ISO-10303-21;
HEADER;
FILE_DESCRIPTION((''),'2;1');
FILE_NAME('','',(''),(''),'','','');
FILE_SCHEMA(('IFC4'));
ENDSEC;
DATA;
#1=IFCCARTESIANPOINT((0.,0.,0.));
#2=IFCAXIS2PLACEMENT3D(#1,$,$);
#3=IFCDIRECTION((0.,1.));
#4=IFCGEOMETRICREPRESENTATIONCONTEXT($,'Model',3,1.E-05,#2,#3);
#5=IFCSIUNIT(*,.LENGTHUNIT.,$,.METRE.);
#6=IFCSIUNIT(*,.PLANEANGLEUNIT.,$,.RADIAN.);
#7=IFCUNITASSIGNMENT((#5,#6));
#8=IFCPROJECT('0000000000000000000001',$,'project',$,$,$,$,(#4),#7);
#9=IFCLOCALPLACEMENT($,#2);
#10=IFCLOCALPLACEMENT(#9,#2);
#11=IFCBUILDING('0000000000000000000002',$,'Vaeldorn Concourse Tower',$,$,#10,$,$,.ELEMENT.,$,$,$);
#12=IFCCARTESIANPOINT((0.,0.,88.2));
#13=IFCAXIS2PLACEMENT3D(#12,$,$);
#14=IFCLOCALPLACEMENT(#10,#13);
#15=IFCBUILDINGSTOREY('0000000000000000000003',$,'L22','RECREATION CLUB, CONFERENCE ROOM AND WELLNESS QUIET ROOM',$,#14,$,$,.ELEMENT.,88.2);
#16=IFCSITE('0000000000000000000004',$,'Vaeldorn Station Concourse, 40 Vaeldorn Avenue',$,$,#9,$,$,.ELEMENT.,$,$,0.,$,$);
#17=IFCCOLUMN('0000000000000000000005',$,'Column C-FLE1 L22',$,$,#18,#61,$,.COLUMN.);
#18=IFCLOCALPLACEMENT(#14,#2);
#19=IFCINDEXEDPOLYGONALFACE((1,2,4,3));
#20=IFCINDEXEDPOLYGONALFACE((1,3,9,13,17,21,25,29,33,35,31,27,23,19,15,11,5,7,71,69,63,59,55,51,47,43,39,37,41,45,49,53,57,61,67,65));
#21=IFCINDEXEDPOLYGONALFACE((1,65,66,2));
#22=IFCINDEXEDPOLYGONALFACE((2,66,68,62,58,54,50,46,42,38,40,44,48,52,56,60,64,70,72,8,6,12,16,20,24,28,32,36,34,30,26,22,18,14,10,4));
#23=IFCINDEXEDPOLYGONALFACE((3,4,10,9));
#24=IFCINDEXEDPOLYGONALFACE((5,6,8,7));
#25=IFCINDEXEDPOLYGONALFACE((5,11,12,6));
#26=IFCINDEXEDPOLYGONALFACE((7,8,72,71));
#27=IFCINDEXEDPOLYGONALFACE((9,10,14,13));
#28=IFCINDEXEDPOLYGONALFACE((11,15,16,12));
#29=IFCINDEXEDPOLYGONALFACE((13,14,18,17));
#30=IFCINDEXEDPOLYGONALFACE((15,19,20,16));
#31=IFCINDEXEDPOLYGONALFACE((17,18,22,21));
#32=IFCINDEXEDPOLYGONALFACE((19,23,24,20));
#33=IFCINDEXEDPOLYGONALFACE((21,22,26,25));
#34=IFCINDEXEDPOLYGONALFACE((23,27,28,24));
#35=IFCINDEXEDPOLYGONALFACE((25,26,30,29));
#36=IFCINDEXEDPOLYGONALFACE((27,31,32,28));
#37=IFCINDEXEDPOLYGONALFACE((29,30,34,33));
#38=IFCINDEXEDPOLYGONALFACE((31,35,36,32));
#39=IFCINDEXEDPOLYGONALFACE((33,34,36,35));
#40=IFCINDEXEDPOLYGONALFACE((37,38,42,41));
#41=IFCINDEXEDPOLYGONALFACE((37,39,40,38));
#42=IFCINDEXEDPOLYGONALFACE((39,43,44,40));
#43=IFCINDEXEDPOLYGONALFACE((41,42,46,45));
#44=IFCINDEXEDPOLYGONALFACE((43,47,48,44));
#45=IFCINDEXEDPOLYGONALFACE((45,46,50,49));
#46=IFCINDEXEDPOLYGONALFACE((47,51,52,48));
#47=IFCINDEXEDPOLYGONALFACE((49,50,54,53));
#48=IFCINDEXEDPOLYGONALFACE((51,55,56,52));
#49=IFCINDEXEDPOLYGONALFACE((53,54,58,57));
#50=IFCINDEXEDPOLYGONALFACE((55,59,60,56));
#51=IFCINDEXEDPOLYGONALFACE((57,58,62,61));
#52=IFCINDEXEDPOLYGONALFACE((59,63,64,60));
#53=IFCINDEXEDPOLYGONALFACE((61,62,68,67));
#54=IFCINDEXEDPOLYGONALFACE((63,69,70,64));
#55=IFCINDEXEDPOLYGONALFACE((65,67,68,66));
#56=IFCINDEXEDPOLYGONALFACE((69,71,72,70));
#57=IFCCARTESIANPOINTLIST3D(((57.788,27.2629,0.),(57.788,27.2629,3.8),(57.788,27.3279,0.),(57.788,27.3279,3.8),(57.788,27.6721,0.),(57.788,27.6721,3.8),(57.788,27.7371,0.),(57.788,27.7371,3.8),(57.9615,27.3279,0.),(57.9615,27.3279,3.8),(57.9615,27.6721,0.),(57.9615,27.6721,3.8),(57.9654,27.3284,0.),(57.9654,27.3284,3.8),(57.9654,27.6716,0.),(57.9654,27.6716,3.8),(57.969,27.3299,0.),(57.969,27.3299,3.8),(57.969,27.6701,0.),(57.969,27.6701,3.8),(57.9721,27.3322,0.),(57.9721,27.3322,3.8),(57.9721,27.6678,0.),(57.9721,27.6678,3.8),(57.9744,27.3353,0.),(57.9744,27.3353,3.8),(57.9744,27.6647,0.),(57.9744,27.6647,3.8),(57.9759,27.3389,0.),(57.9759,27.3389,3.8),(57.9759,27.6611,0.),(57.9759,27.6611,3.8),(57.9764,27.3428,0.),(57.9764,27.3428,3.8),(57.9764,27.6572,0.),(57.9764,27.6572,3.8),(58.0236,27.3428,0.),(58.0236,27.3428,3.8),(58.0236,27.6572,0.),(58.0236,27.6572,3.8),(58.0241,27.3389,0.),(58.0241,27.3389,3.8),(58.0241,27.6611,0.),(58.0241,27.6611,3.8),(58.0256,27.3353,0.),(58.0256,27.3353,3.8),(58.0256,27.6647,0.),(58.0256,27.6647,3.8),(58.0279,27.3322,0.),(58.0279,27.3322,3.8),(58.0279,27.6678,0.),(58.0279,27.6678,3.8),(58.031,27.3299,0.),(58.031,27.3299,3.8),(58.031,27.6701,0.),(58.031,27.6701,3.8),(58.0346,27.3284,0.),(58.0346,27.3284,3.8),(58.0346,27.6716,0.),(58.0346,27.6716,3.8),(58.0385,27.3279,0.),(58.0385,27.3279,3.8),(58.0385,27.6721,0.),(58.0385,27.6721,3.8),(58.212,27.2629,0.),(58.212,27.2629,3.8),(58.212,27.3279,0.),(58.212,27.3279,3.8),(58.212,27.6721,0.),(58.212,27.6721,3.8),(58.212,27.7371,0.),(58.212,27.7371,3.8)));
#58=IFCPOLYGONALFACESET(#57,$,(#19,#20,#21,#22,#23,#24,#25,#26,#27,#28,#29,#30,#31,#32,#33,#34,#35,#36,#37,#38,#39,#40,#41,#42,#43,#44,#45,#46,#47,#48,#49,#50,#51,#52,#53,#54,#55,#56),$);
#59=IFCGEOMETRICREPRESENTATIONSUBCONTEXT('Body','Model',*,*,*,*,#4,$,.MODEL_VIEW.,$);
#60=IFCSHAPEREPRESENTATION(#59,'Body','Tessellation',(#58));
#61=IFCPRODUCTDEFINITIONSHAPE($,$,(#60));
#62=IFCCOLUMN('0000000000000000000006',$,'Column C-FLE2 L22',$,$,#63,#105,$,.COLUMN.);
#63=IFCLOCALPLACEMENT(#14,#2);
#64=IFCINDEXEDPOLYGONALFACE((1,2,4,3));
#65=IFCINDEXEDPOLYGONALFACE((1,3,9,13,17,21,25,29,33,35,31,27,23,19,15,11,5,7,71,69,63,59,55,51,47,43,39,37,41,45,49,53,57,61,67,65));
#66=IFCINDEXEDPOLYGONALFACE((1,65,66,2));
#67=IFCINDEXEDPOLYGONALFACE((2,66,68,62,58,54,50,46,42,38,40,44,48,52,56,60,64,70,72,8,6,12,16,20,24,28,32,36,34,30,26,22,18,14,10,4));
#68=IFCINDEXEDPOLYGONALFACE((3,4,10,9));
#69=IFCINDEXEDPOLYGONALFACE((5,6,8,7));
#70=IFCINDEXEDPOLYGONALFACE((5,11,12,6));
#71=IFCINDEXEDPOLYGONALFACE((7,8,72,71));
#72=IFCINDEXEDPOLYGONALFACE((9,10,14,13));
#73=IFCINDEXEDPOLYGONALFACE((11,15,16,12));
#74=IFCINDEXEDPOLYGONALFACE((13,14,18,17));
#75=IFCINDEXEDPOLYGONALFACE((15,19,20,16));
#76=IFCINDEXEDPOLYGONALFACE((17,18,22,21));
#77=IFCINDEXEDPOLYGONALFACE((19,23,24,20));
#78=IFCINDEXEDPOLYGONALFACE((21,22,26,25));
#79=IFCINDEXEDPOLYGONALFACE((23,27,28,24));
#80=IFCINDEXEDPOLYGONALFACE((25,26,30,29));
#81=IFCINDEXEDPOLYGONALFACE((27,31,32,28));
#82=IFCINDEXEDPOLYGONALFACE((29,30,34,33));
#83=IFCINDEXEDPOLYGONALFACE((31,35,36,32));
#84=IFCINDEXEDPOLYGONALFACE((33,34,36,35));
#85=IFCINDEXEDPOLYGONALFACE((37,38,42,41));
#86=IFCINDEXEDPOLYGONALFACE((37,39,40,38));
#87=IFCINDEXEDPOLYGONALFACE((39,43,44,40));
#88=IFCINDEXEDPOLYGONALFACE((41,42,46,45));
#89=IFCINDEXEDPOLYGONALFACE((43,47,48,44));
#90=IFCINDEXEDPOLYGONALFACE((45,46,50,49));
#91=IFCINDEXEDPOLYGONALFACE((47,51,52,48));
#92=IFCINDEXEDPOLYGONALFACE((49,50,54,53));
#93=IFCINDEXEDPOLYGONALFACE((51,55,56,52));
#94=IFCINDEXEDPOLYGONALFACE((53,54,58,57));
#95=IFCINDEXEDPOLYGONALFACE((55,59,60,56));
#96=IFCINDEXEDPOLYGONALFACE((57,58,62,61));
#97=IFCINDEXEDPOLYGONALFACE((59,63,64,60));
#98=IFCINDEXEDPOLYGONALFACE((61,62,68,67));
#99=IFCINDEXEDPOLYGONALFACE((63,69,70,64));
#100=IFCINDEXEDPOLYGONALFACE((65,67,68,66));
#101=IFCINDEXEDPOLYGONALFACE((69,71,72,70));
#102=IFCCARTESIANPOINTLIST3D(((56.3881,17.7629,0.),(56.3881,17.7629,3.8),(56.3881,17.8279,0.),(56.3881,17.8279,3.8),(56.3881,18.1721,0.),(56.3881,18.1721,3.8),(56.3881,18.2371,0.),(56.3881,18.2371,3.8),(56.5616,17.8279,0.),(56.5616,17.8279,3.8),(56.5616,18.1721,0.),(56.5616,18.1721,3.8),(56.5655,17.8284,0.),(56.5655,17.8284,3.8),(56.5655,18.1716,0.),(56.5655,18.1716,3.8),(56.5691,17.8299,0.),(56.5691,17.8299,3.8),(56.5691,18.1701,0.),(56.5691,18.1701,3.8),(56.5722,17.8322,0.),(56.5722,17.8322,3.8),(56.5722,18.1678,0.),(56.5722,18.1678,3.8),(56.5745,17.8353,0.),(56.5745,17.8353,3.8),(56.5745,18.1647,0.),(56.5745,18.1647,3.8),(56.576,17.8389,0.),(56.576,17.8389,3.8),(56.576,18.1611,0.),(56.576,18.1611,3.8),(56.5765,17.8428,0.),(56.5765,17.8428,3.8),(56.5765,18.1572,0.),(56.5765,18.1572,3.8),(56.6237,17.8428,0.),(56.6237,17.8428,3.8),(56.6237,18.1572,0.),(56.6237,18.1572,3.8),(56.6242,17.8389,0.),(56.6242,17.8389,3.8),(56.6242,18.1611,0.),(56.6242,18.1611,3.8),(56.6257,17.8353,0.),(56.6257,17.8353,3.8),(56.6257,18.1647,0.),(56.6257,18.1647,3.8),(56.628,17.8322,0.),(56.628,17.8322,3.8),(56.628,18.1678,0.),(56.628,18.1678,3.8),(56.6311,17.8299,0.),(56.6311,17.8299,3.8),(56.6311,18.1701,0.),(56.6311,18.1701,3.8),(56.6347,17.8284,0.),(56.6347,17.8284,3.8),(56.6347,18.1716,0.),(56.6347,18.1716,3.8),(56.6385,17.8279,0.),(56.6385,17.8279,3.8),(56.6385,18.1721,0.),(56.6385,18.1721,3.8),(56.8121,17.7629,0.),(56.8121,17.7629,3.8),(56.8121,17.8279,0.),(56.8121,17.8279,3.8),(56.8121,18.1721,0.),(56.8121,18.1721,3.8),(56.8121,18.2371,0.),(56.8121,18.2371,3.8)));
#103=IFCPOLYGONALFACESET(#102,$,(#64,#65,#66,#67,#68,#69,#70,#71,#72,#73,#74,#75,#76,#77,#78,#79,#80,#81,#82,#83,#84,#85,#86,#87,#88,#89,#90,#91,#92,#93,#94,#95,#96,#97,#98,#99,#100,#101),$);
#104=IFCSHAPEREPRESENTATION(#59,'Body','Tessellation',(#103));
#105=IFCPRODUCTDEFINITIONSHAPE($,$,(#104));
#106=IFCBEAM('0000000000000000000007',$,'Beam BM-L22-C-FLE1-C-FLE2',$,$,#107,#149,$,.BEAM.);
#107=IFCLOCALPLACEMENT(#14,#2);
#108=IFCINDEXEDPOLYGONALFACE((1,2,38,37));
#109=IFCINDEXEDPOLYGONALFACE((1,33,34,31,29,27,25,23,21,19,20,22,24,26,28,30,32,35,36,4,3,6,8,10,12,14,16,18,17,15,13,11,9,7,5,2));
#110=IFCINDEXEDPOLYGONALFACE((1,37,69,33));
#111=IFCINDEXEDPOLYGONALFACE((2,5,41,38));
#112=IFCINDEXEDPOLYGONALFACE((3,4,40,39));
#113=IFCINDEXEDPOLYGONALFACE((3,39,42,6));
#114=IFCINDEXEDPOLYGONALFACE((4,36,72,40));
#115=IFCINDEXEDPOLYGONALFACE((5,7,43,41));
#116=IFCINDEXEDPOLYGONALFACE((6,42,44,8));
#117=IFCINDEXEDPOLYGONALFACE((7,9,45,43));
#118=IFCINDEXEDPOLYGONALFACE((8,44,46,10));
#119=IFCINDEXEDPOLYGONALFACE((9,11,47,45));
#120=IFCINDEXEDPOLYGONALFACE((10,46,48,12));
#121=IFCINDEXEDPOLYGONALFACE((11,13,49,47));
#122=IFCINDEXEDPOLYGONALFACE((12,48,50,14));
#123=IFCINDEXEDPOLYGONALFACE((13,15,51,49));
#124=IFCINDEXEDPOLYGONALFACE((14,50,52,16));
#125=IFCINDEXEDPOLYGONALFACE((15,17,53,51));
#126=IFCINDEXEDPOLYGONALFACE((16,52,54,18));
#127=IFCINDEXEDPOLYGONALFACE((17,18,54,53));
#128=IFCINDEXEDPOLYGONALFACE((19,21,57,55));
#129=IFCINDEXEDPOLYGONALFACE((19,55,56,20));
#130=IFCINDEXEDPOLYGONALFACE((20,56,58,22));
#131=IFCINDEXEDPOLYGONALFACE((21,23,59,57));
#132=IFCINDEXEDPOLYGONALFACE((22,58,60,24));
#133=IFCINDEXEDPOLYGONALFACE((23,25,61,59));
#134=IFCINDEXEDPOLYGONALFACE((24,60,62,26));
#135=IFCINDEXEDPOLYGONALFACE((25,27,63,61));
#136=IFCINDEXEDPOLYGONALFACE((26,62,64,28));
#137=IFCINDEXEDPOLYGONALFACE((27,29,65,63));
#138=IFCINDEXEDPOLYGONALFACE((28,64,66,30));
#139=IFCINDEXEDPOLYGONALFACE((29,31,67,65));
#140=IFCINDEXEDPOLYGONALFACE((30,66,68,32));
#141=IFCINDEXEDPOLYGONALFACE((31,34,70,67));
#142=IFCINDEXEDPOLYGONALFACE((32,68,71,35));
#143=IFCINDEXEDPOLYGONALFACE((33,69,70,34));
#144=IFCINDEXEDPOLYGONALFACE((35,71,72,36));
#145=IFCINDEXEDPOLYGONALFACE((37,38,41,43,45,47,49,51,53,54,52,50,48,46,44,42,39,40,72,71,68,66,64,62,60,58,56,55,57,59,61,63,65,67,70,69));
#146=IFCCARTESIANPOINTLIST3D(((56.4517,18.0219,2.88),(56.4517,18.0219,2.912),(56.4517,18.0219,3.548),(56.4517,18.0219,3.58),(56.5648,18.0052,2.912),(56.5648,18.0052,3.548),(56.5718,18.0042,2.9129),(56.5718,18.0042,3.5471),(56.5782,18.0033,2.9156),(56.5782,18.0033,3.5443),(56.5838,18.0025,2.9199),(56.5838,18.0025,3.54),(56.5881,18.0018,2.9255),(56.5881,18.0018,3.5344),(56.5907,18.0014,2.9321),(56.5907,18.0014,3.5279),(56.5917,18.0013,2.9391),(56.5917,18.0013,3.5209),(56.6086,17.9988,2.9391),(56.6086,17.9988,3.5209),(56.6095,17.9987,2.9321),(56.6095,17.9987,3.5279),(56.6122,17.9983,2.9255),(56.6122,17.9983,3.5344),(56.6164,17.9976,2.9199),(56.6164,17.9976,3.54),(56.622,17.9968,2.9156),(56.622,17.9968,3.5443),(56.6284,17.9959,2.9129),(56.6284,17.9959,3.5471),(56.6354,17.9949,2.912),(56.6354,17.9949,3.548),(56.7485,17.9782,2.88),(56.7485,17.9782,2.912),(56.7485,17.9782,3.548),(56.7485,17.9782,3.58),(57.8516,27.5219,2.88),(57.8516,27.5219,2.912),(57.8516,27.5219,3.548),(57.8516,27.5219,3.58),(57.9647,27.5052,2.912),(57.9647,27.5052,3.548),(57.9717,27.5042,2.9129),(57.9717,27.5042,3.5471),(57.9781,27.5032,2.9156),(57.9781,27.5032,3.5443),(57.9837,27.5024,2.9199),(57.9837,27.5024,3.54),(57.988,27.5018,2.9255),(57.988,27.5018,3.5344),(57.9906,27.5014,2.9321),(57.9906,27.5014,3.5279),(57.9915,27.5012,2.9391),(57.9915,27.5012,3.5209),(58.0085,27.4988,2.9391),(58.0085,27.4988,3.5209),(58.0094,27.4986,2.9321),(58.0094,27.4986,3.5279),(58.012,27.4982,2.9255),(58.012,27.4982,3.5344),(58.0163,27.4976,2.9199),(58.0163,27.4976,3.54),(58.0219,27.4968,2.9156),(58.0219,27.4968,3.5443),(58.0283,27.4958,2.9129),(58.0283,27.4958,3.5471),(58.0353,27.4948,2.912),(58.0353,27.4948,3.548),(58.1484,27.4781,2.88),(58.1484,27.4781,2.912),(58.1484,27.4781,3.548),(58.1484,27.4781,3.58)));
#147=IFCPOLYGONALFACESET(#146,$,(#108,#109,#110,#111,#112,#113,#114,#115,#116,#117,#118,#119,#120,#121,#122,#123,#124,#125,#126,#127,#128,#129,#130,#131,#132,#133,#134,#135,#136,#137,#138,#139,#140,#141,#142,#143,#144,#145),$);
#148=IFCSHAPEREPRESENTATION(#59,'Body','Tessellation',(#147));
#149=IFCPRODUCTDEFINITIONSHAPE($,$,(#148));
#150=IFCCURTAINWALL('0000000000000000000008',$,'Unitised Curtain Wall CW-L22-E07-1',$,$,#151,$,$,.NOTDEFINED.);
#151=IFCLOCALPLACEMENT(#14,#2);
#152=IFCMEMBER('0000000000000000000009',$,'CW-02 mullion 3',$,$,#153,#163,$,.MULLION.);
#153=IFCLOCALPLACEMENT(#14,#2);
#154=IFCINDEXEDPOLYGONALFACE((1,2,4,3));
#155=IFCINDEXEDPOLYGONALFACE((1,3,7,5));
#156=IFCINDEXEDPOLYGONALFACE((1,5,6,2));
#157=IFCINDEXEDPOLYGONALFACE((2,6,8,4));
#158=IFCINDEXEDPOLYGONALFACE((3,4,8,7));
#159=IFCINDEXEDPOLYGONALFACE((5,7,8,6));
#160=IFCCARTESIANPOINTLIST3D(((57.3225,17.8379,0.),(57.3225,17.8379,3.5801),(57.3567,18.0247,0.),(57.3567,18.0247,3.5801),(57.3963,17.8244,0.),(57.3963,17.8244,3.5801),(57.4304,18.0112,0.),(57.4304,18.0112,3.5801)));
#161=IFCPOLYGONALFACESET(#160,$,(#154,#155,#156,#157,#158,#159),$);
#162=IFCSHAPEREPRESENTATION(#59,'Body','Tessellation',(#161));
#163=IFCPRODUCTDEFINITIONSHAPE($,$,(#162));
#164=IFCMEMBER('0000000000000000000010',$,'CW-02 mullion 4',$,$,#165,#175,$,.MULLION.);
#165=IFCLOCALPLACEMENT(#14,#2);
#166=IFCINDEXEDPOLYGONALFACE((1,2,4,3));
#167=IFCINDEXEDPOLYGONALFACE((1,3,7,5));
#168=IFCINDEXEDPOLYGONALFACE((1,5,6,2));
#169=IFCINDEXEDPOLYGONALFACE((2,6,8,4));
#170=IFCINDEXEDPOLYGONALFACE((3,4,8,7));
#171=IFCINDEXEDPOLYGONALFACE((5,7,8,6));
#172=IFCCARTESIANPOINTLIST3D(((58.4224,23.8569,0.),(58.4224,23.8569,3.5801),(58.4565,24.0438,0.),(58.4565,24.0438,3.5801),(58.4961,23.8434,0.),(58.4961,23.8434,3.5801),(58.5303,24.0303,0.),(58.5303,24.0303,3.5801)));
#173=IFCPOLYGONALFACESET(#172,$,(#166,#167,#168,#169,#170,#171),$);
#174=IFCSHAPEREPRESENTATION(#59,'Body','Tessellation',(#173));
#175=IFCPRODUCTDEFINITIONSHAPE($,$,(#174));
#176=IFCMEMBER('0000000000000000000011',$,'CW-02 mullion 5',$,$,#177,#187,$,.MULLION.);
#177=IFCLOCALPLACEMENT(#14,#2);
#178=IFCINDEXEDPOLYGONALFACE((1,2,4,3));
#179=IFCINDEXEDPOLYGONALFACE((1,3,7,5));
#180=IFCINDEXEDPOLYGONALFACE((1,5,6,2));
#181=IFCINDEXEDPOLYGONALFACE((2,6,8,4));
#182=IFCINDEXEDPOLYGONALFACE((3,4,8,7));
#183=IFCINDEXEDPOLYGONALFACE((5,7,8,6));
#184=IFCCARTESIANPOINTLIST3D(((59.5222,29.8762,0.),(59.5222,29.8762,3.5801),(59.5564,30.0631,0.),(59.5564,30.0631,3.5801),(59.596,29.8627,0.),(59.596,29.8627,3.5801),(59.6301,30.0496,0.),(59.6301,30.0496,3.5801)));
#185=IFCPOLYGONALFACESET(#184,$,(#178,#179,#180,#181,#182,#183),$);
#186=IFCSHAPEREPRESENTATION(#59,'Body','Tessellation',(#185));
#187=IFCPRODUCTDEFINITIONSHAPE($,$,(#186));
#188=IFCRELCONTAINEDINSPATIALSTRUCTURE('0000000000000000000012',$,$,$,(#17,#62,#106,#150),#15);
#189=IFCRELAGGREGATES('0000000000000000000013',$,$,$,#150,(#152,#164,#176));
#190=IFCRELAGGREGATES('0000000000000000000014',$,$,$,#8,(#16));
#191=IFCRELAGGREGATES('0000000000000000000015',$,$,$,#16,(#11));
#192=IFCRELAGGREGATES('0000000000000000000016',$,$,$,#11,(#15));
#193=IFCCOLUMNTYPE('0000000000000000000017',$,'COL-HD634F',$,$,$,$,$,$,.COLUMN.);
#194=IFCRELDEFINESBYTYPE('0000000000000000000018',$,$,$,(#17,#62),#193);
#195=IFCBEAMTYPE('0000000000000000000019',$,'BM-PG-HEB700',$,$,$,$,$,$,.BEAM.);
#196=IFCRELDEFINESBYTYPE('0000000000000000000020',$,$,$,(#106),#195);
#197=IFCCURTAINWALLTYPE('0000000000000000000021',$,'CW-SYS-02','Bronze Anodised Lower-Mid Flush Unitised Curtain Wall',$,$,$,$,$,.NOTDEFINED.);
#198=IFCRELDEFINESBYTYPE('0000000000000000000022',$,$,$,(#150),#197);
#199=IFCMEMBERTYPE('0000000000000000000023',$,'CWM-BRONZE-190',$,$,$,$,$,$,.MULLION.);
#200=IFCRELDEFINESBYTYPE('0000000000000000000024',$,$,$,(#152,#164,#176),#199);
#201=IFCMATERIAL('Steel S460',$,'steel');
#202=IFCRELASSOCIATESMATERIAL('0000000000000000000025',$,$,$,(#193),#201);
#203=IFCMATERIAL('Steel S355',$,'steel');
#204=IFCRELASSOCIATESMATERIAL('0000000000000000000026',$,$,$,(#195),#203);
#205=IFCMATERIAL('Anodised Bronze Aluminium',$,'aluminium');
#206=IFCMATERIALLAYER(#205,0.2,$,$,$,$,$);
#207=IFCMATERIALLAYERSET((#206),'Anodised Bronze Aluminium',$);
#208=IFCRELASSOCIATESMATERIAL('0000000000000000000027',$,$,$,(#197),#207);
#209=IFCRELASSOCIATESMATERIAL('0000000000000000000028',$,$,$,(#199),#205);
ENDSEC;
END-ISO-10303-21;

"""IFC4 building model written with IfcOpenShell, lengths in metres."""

from ifc_helpers import new_model, si_unit, direction, frame, origin, origin_2d, place, context, subcontext, project, spatial, rectangle, i_section, extrude, source, transform, mapped, material, layer, layer_set, material_profile, profile_set, type_object, element, aggregate, save


model = new_model("IFC4")

# Units and contexts
model_context = context("Model", 3, precision=1e-05, world=origin(), true_north=direction((0.0, 1.0)))
body_context = subcontext(model_context, "Body", "Model", "MODEL_VIEW")
ifc_project = project(units=[si_unit("LENGTHUNIT", "METRE"), si_unit("PLANEANGLEUNIT", "RADIAN")], contexts=[model_context])

# Site, building, storey
site_placement = place(None, origin())
site = spatial("IfcSite", under=ifc_project, at=site_placement, Name="Vaeldorn Station Concourse, 40 Vaeldorn Avenue", CompositionType="ELEMENT", RefElevation=0.0)
building_placement = place(site_placement, origin())
building = spatial("IfcBuilding", under=site, at=building_placement, Name="Vaeldorn Concourse Tower", CompositionType="ELEMENT")
storey_placement = place(building_placement, frame((0.0, 0.0, 88.2)))
storey = spatial("IfcBuildingStorey", under=building, at=storey_placement, Name="L22", Description="RECREATION CLUB, CONFERENCE ROOM AND WELLNESS QUIET ROOM", CompositionType="ELEMENT", Elevation=88.2)

# Columns
ifc_material_1 = material(Name="Steel S460", Category="steel")
ifc_material_profile_1 = material_profile(ifc_material_1, i_section(OverallWidth=0.4241, OverallDepth=0.4741, WebThickness=0.0471, FlangeThickness=0.0649, FilletRadius=0.0149, at=origin_2d()), Name="HD 400x634")
ifc_profile_set_1 = profile_set([ifc_material_profile_1], Name="Steel S460")
column_type = type_object("IfcColumnType", Name="COL-HD634F", PredefinedType="COLUMN", material=ifc_profile_set_1)
shared_shape_1 = source(origin(), body_context, "Body", "SweptSolid", [
    extrude(i_section(OverallWidth=0.4241, OverallDepth=0.4741, WebThickness=0.0471, FlangeThickness=0.0649, FilletRadius=0.0149, at=origin_2d()), origin(), (0.0, 0.0, 1.0), 3.8),
])
for number, where, z_axis, x_axis, name in (
    (1, (58.0, 27.5, 0.0), (0.0, 0.0, 1.0), (1.0, 0.0, 0.0), "Column C-FLE1 L22"),
    (2, (56.6001, 18.0, 0.0), (0.0, 0.0, 1.0), (1.0, 0.0, 0.0), "Column C-FLE2 L22"),
):
    element("IfcColumn", number, at=place(storey_placement, frame(where, z_axis=z_axis, x_axis=x_axis)), inside=storey, type_object=column_type, Name=name, PredefinedType="COLUMN", context=body_context, shape_type="MappedRepresentation", body=[
        mapped(shared_shape_1, transform((0.0, 0.0, 0.0), scale=1.0)),
    ])

# Beam
ifc_material_2 = material(Name="Steel S355", Category="steel")
ifc_material_profile_2 = material_profile(ifc_material_2, i_section(OverallWidth=0.3, OverallDepth=0.7, WebThickness=0.0171, FlangeThickness=0.032, FilletRadius=0.0271, at=origin_2d()), Name="HEB 700")
ifc_profile_set_2 = profile_set([ifc_material_profile_2], Name="Steel S355")
beam_type = type_object("IfcBeamType", Name="BM-PG-HEB700", PredefinedType="BEAM", material=ifc_profile_set_2)
shared_shape_2 = source(origin(), body_context, "Body", "SweptSolid", [
    extrude(i_section(OverallWidth=0.3, OverallDepth=0.7, WebThickness=0.0171, FlangeThickness=0.032, FilletRadius=0.0271, at=origin_2d()), origin(), (0.0, 0.0, 1.0), 9.6025),
])
beam_placement = place(storey_placement, frame((58.0, 27.5, 3.23), z_axis=(-0.145784, -0.989316, 0.0), x_axis=(0.989316, -0.145784, 0.0)))
element("IfcBeam", 3, at=beam_placement, inside=storey, type_object=beam_type, Name="Beam BM-L22-C-FLE1-C-FLE2", PredefinedType="BEAM", context=body_context, shape_type="MappedRepresentation", body=[
    mapped(shared_shape_2, transform((0.0, 0.0, 0.0), scale=1.0)),
])

# Curtain wall, members
ifc_material_3 = material(Name="Anodised Bronze Aluminium", Category="aluminium")
ifc_layer_1 = layer(ifc_material_3, 0.2)
ifc_layer_set_1 = layer_set([ifc_layer_1], Name="Anodised Bronze Aluminium")
curtain_wall_type = type_object("IfcCurtainWallType", Name="CW-SYS-02", Description="Bronze Anodised Lower-Mid Flush Unitised Curtain Wall", PredefinedType="NOTDEFINED", material=ifc_layer_set_1)
curtain_wall_placement = place(storey_placement, origin())
curtain_wall = element("IfcCurtainWall", 4, at=curtain_wall_placement, inside=storey, type_object=curtain_wall_type, Name="Unitised Curtain Wall CW-L22-E07-1", PredefinedType="NOTDEFINED")
ifc_material_profile_3 = material_profile(ifc_material_3, rectangle(XDim=0.075, YDim=0.1899, at=origin_2d()), Name="CWM 75x190")
ifc_profile_set_3 = profile_set([ifc_material_profile_3], Name="Anodised Bronze Aluminium")
member_type_1 = type_object("IfcMemberType", Name="CWM-BRONZE-190", PredefinedType="MULLION", material=ifc_profile_set_3)
shared_shape_3 = source(origin(), body_context, "Body", "SweptSolid", [
    extrude(rectangle(XDim=0.075, YDim=0.1899, at=origin_2d()), origin(), (0.0, 0.0, 1.0), 3.5801),
])
member_1_placement = place(storey_placement, frame((57.3765, 17.9246, 0.0), z_axis=(0.0, 0.0, 1.0), x_axis=(-0.983712, 0.179753, 0.0)))
member_1 = element("IfcMember", 5, at=member_1_placement, type_object=member_type_1, Name="CW-02 mullion 3", PredefinedType="MULLION", context=body_context, shape_type="MappedRepresentation", body=[
    mapped(shared_shape_3, transform((0.0, 0.0, 0.0), scale=1.0)),
])
member_2_placement = place(storey_placement, frame((58.4763, 23.9436, 0.0), z_axis=(0.0, 0.0, 1.0), x_axis=(-0.983712, 0.179753, 0.0)))
member_2 = element("IfcMember", 6, at=member_2_placement, type_object=member_type_1, Name="CW-02 mullion 4", PredefinedType="MULLION", context=body_context, shape_type="MappedRepresentation", body=[
    mapped(shared_shape_3, transform((0.0, 0.0, 0.0), scale=1.0)),
])
member_3_placement = place(storey_placement, frame((59.5762, 29.9629, 0.0), z_axis=(0.0, 0.0, 1.0), x_axis=(-0.983712, 0.179753, 0.0)))
member_3 = element("IfcMember", 7, at=member_3_placement, type_object=member_type_1, Name="CW-02 mullion 5", PredefinedType="MULLION", context=body_context, shape_type="MappedRepresentation", body=[
    mapped(shared_shape_3, transform((0.0, 0.0, 0.0), scale=1.0)),
])
aggregate(curtain_wall, [member_1, member_2, member_3])

save(model, "model.ifc")
